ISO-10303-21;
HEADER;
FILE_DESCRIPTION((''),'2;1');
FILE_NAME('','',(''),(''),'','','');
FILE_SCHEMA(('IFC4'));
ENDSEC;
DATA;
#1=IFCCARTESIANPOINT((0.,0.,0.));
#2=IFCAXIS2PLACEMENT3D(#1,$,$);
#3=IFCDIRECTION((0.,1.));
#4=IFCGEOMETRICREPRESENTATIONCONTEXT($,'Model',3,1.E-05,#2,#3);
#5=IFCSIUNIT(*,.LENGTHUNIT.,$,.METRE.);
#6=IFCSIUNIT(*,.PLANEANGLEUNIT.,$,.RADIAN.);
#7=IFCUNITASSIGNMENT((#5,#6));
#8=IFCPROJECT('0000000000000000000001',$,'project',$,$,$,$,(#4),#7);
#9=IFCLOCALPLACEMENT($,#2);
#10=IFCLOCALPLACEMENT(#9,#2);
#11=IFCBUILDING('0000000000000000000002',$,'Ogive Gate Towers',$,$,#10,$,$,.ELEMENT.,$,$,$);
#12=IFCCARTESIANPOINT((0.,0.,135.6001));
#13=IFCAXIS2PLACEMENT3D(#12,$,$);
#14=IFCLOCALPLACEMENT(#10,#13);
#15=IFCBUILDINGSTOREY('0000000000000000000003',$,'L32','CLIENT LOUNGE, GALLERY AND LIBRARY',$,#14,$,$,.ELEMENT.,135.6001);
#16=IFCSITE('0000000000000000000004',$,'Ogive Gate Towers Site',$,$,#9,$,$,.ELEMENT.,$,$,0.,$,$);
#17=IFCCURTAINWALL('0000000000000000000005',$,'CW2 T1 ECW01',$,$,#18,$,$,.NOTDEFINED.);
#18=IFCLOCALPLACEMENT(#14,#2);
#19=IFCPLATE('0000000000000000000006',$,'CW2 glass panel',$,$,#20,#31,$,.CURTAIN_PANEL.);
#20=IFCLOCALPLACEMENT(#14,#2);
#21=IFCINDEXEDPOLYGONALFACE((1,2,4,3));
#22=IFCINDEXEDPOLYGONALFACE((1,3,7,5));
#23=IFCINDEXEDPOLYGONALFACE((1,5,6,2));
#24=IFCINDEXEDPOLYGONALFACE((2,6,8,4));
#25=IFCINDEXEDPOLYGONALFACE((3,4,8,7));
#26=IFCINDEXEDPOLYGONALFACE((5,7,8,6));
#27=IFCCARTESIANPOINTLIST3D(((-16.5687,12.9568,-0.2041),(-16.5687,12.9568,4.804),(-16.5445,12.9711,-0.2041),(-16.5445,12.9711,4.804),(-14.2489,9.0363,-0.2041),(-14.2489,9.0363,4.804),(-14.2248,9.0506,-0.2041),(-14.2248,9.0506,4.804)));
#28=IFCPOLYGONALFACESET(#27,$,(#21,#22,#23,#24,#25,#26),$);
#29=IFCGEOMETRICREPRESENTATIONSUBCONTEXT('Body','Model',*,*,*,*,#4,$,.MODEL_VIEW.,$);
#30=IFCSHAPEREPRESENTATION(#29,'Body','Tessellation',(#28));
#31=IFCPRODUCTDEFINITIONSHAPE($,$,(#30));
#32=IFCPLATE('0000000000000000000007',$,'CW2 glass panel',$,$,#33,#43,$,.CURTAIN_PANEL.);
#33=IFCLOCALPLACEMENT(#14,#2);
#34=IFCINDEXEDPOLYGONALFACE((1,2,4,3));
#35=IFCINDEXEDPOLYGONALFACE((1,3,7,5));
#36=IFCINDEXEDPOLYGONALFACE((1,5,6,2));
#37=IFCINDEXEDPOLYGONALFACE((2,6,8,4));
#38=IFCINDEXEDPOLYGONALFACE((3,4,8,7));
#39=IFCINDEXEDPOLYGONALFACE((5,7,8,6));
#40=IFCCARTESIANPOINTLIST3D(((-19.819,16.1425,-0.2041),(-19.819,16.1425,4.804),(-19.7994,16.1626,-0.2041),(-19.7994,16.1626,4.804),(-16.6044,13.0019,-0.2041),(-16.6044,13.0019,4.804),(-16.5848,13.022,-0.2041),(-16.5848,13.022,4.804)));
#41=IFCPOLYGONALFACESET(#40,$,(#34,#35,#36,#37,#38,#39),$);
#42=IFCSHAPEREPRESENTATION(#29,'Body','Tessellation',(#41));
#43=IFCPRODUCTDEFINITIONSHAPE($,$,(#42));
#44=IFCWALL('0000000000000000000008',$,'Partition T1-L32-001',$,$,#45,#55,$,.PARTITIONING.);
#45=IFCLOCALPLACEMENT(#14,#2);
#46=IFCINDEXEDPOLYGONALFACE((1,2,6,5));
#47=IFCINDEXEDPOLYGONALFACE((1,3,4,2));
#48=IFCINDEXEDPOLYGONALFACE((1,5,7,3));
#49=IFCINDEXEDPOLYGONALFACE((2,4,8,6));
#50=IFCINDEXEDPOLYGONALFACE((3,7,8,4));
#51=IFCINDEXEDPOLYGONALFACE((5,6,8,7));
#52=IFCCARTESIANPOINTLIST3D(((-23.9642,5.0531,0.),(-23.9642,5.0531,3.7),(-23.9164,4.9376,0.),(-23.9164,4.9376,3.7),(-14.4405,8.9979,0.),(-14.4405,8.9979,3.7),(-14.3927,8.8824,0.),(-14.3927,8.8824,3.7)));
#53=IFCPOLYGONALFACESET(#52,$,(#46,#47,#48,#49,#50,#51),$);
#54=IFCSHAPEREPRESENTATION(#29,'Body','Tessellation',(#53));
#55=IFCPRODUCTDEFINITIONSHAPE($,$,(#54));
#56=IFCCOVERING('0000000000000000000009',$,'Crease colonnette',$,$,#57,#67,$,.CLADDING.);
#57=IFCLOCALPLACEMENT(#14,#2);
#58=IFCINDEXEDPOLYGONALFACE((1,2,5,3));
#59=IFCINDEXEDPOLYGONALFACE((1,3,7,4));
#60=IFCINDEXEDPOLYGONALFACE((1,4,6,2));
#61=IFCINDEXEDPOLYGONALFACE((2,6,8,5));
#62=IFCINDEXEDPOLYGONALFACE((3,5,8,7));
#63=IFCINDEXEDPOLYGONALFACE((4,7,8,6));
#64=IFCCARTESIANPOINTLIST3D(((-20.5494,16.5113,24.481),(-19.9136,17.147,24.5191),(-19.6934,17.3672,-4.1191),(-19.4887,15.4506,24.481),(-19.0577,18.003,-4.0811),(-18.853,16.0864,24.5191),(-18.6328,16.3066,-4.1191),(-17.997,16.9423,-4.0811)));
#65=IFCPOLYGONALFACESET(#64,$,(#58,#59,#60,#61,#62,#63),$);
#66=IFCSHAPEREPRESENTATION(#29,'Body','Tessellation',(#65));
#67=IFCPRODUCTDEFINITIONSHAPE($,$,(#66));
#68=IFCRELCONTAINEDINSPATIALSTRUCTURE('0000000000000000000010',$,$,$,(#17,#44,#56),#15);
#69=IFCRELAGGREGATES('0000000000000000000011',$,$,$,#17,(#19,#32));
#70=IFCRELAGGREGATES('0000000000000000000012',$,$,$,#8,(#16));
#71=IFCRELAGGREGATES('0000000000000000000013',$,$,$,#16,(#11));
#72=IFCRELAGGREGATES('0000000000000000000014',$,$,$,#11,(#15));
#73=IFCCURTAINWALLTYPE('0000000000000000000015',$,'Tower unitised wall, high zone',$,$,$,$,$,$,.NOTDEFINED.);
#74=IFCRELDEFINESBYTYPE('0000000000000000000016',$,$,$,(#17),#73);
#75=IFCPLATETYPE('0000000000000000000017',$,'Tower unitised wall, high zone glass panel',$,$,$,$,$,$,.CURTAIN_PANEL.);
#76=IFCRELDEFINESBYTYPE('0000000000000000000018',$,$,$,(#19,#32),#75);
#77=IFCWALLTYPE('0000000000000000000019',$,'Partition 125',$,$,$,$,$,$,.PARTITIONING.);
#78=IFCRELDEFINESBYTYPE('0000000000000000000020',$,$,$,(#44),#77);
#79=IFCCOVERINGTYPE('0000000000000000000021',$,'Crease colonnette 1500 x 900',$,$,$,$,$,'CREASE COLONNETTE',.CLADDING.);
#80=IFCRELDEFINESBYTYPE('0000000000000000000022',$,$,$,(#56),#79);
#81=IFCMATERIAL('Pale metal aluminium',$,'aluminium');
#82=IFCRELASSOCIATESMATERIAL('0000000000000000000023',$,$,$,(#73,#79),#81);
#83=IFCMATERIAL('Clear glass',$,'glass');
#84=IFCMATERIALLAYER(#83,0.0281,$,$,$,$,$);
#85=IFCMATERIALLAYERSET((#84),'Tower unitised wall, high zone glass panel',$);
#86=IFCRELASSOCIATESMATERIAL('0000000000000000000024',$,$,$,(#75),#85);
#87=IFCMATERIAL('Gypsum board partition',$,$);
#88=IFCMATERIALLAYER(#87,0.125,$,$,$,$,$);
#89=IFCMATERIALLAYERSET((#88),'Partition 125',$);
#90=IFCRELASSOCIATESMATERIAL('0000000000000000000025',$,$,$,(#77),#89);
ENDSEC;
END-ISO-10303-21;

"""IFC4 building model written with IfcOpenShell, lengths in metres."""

from ifc_helpers import new_model, si_unit, direction, frame, frame_2d, origin, origin_2d, place, context, subcontext, project, spatial, rectangle, extrude, material, layer, layer_set, material_profile, profile_set, type_object, element, aggregate, save


model = new_model("IFC4")

# Units and contexts
model_context = context("Model", 3, precision=1e-05, world=origin(), true_north=direction((0.0, 1.0)))
body_context = subcontext(model_context, "Body", "Model", "MODEL_VIEW")
ifc_project = project(units=[si_unit("LENGTHUNIT", "METRE"), si_unit("PLANEANGLEUNIT", "RADIAN")], contexts=[model_context])

# Site, building, storey
site_placement = place(None, origin())
site = spatial("IfcSite", under=ifc_project, at=site_placement, Name="Ogive Gate Towers Site", CompositionType="ELEMENT", RefElevation=0.0)
building_placement = place(site_placement, origin())
building = spatial("IfcBuilding", under=site, at=building_placement, Name="Ogive Gate Towers", CompositionType="ELEMENT")
storey_placement = place(building_placement, frame((0.0, 0.0, 135.6001)))
storey = spatial("IfcBuildingStorey", under=building, at=storey_placement, Name="L32", Description="CLIENT LOUNGE, GALLERY AND LIBRARY", CompositionType="ELEMENT", Elevation=135.6001)

# Curtain wall
ifc_material_1 = material(Name="Pale metal aluminium", Category="aluminium")
curtain_wall_type_1 = type_object("IfcCurtainWallType", Name="Tower unitised wall, high zone", PredefinedType="NOTDEFINED", material=ifc_material_1)
curtain_wall_1_placement = place(storey_placement, origin())
curtain_wall_1 = element("IfcCurtainWall", 1, at=curtain_wall_1_placement, inside=storey, type_object=curtain_wall_type_1, Name="CW2 T1 ECW01", PredefinedType="NOTDEFINED")

# Shared definitions
ifc_material_2 = material(Name="Clear glass", Category="glass")

# Plates
ifc_layer_1 = layer(ifc_material_2, 0.0281)
ifc_layer_set_1 = layer_set([ifc_layer_1], Name="Tower unitised wall, high zone glass panel")
plate_type_1 = type_object("IfcPlateType", Name="Tower unitised wall, high zone glass panel", PredefinedType="CURTAIN_PANEL", material=ifc_layer_set_1)
plate_1_placement = place(storey_placement, frame((-15.3967, 11.0037, -0.2041), z_axis=(0.0, 0.0, 1.0), x_axis=(-0.509237, 0.860627, 0.0)))
plate_1 = element("IfcPlate", 2, at=plate_1_placement, type_object=plate_type_1, Name="CW2 glass panel", PredefinedType="CURTAIN_PANEL", context=body_context, shape_type="SweptSolid", body=[
    extrude(rectangle(XDim=4.5554, YDim=0.0281, at=origin_2d()), origin(), (0.0, 0.0, 1.0), 5.0081),
])
plate_2_placement = place(storey_placement, frame((-18.2019, 14.5823, -0.2041), z_axis=(0.0, 0.0, 1.0), x_axis=(-0.715303, 0.698815, 0.0)))
plate_2 = element("IfcPlate", 3, at=plate_2_placement, type_object=plate_type_1, Name="CW2 glass panel", PredefinedType="CURTAIN_PANEL", context=body_context, shape_type="SweptSolid", body=[
    extrude(rectangle(XDim=4.4941, YDim=0.0281, at=origin_2d()), origin(), (0.0, 0.0, 1.0), 5.0081),
])
aggregate(curtain_wall_1, [plate_1, plate_2])

# Wall
ifc_material_3 = material(Name="Gypsum board partition")
ifc_layer_2 = layer(ifc_material_3, 0.125)
ifc_layer_set_2 = layer_set([ifc_layer_2], Name="Partition 125")
wall_type = type_object("IfcWallType", Name="Partition 125", PredefinedType="PARTITIONING", material=ifc_layer_set_2)
wall_placement = place(storey_placement, frame((-14.4165, 8.9402, 0.0), z_axis=(0.0, 0.0, 1.0), x_axis=(-0.92388, -0.382682, 0.0)))
element("IfcWall", 4, at=wall_placement, inside=storey, type_object=wall_type, Name="Partition T1-L32-001", PredefinedType="PARTITIONING", context=body_context, shape_type="SweptSolid", body=[
    extrude(rectangle(XDim=10.3083, YDim=0.125, at=frame_2d((5.1543, 0.0))), origin(), (0.0, 0.0, 1.0), 3.7),
])

# Covering
ifc_material_profile_1 = material_profile(ifc_material_1, rectangle(XDim=1.5, YDim=0.8999, at=origin_2d()), Name="1500 x 900 pale metal aluminium")
ifc_profile_set_1 = profile_set([ifc_material_profile_1], Name="Pale metal aluminium")
covering_type = type_object("IfcCoveringType", Name="Crease colonnette 1500 x 900", ElementType="CREASE COLONNETTE", PredefinedType="CLADDING", material=ifc_profile_set_1)
covering_placement = place(storey_placement, frame((-18.8452, 17.1548, -4.1001), z_axis=(-0.029902, -0.029902, 0.999105), x_axis=(0.707107, -0.707107, 0.0)))
element("IfcCovering", 5, at=covering_placement, inside=storey, type_object=covering_type, Name="Crease colonnette", PredefinedType="CLADDING", context=body_context, shape_type="SweptSolid", body=[
    extrude(rectangle(XDim=1.5, YDim=0.8999, at=origin_2d()), origin(), (0.0, 0.0, 1.0), 28.6257),
])

save(model, "model.ifc")
